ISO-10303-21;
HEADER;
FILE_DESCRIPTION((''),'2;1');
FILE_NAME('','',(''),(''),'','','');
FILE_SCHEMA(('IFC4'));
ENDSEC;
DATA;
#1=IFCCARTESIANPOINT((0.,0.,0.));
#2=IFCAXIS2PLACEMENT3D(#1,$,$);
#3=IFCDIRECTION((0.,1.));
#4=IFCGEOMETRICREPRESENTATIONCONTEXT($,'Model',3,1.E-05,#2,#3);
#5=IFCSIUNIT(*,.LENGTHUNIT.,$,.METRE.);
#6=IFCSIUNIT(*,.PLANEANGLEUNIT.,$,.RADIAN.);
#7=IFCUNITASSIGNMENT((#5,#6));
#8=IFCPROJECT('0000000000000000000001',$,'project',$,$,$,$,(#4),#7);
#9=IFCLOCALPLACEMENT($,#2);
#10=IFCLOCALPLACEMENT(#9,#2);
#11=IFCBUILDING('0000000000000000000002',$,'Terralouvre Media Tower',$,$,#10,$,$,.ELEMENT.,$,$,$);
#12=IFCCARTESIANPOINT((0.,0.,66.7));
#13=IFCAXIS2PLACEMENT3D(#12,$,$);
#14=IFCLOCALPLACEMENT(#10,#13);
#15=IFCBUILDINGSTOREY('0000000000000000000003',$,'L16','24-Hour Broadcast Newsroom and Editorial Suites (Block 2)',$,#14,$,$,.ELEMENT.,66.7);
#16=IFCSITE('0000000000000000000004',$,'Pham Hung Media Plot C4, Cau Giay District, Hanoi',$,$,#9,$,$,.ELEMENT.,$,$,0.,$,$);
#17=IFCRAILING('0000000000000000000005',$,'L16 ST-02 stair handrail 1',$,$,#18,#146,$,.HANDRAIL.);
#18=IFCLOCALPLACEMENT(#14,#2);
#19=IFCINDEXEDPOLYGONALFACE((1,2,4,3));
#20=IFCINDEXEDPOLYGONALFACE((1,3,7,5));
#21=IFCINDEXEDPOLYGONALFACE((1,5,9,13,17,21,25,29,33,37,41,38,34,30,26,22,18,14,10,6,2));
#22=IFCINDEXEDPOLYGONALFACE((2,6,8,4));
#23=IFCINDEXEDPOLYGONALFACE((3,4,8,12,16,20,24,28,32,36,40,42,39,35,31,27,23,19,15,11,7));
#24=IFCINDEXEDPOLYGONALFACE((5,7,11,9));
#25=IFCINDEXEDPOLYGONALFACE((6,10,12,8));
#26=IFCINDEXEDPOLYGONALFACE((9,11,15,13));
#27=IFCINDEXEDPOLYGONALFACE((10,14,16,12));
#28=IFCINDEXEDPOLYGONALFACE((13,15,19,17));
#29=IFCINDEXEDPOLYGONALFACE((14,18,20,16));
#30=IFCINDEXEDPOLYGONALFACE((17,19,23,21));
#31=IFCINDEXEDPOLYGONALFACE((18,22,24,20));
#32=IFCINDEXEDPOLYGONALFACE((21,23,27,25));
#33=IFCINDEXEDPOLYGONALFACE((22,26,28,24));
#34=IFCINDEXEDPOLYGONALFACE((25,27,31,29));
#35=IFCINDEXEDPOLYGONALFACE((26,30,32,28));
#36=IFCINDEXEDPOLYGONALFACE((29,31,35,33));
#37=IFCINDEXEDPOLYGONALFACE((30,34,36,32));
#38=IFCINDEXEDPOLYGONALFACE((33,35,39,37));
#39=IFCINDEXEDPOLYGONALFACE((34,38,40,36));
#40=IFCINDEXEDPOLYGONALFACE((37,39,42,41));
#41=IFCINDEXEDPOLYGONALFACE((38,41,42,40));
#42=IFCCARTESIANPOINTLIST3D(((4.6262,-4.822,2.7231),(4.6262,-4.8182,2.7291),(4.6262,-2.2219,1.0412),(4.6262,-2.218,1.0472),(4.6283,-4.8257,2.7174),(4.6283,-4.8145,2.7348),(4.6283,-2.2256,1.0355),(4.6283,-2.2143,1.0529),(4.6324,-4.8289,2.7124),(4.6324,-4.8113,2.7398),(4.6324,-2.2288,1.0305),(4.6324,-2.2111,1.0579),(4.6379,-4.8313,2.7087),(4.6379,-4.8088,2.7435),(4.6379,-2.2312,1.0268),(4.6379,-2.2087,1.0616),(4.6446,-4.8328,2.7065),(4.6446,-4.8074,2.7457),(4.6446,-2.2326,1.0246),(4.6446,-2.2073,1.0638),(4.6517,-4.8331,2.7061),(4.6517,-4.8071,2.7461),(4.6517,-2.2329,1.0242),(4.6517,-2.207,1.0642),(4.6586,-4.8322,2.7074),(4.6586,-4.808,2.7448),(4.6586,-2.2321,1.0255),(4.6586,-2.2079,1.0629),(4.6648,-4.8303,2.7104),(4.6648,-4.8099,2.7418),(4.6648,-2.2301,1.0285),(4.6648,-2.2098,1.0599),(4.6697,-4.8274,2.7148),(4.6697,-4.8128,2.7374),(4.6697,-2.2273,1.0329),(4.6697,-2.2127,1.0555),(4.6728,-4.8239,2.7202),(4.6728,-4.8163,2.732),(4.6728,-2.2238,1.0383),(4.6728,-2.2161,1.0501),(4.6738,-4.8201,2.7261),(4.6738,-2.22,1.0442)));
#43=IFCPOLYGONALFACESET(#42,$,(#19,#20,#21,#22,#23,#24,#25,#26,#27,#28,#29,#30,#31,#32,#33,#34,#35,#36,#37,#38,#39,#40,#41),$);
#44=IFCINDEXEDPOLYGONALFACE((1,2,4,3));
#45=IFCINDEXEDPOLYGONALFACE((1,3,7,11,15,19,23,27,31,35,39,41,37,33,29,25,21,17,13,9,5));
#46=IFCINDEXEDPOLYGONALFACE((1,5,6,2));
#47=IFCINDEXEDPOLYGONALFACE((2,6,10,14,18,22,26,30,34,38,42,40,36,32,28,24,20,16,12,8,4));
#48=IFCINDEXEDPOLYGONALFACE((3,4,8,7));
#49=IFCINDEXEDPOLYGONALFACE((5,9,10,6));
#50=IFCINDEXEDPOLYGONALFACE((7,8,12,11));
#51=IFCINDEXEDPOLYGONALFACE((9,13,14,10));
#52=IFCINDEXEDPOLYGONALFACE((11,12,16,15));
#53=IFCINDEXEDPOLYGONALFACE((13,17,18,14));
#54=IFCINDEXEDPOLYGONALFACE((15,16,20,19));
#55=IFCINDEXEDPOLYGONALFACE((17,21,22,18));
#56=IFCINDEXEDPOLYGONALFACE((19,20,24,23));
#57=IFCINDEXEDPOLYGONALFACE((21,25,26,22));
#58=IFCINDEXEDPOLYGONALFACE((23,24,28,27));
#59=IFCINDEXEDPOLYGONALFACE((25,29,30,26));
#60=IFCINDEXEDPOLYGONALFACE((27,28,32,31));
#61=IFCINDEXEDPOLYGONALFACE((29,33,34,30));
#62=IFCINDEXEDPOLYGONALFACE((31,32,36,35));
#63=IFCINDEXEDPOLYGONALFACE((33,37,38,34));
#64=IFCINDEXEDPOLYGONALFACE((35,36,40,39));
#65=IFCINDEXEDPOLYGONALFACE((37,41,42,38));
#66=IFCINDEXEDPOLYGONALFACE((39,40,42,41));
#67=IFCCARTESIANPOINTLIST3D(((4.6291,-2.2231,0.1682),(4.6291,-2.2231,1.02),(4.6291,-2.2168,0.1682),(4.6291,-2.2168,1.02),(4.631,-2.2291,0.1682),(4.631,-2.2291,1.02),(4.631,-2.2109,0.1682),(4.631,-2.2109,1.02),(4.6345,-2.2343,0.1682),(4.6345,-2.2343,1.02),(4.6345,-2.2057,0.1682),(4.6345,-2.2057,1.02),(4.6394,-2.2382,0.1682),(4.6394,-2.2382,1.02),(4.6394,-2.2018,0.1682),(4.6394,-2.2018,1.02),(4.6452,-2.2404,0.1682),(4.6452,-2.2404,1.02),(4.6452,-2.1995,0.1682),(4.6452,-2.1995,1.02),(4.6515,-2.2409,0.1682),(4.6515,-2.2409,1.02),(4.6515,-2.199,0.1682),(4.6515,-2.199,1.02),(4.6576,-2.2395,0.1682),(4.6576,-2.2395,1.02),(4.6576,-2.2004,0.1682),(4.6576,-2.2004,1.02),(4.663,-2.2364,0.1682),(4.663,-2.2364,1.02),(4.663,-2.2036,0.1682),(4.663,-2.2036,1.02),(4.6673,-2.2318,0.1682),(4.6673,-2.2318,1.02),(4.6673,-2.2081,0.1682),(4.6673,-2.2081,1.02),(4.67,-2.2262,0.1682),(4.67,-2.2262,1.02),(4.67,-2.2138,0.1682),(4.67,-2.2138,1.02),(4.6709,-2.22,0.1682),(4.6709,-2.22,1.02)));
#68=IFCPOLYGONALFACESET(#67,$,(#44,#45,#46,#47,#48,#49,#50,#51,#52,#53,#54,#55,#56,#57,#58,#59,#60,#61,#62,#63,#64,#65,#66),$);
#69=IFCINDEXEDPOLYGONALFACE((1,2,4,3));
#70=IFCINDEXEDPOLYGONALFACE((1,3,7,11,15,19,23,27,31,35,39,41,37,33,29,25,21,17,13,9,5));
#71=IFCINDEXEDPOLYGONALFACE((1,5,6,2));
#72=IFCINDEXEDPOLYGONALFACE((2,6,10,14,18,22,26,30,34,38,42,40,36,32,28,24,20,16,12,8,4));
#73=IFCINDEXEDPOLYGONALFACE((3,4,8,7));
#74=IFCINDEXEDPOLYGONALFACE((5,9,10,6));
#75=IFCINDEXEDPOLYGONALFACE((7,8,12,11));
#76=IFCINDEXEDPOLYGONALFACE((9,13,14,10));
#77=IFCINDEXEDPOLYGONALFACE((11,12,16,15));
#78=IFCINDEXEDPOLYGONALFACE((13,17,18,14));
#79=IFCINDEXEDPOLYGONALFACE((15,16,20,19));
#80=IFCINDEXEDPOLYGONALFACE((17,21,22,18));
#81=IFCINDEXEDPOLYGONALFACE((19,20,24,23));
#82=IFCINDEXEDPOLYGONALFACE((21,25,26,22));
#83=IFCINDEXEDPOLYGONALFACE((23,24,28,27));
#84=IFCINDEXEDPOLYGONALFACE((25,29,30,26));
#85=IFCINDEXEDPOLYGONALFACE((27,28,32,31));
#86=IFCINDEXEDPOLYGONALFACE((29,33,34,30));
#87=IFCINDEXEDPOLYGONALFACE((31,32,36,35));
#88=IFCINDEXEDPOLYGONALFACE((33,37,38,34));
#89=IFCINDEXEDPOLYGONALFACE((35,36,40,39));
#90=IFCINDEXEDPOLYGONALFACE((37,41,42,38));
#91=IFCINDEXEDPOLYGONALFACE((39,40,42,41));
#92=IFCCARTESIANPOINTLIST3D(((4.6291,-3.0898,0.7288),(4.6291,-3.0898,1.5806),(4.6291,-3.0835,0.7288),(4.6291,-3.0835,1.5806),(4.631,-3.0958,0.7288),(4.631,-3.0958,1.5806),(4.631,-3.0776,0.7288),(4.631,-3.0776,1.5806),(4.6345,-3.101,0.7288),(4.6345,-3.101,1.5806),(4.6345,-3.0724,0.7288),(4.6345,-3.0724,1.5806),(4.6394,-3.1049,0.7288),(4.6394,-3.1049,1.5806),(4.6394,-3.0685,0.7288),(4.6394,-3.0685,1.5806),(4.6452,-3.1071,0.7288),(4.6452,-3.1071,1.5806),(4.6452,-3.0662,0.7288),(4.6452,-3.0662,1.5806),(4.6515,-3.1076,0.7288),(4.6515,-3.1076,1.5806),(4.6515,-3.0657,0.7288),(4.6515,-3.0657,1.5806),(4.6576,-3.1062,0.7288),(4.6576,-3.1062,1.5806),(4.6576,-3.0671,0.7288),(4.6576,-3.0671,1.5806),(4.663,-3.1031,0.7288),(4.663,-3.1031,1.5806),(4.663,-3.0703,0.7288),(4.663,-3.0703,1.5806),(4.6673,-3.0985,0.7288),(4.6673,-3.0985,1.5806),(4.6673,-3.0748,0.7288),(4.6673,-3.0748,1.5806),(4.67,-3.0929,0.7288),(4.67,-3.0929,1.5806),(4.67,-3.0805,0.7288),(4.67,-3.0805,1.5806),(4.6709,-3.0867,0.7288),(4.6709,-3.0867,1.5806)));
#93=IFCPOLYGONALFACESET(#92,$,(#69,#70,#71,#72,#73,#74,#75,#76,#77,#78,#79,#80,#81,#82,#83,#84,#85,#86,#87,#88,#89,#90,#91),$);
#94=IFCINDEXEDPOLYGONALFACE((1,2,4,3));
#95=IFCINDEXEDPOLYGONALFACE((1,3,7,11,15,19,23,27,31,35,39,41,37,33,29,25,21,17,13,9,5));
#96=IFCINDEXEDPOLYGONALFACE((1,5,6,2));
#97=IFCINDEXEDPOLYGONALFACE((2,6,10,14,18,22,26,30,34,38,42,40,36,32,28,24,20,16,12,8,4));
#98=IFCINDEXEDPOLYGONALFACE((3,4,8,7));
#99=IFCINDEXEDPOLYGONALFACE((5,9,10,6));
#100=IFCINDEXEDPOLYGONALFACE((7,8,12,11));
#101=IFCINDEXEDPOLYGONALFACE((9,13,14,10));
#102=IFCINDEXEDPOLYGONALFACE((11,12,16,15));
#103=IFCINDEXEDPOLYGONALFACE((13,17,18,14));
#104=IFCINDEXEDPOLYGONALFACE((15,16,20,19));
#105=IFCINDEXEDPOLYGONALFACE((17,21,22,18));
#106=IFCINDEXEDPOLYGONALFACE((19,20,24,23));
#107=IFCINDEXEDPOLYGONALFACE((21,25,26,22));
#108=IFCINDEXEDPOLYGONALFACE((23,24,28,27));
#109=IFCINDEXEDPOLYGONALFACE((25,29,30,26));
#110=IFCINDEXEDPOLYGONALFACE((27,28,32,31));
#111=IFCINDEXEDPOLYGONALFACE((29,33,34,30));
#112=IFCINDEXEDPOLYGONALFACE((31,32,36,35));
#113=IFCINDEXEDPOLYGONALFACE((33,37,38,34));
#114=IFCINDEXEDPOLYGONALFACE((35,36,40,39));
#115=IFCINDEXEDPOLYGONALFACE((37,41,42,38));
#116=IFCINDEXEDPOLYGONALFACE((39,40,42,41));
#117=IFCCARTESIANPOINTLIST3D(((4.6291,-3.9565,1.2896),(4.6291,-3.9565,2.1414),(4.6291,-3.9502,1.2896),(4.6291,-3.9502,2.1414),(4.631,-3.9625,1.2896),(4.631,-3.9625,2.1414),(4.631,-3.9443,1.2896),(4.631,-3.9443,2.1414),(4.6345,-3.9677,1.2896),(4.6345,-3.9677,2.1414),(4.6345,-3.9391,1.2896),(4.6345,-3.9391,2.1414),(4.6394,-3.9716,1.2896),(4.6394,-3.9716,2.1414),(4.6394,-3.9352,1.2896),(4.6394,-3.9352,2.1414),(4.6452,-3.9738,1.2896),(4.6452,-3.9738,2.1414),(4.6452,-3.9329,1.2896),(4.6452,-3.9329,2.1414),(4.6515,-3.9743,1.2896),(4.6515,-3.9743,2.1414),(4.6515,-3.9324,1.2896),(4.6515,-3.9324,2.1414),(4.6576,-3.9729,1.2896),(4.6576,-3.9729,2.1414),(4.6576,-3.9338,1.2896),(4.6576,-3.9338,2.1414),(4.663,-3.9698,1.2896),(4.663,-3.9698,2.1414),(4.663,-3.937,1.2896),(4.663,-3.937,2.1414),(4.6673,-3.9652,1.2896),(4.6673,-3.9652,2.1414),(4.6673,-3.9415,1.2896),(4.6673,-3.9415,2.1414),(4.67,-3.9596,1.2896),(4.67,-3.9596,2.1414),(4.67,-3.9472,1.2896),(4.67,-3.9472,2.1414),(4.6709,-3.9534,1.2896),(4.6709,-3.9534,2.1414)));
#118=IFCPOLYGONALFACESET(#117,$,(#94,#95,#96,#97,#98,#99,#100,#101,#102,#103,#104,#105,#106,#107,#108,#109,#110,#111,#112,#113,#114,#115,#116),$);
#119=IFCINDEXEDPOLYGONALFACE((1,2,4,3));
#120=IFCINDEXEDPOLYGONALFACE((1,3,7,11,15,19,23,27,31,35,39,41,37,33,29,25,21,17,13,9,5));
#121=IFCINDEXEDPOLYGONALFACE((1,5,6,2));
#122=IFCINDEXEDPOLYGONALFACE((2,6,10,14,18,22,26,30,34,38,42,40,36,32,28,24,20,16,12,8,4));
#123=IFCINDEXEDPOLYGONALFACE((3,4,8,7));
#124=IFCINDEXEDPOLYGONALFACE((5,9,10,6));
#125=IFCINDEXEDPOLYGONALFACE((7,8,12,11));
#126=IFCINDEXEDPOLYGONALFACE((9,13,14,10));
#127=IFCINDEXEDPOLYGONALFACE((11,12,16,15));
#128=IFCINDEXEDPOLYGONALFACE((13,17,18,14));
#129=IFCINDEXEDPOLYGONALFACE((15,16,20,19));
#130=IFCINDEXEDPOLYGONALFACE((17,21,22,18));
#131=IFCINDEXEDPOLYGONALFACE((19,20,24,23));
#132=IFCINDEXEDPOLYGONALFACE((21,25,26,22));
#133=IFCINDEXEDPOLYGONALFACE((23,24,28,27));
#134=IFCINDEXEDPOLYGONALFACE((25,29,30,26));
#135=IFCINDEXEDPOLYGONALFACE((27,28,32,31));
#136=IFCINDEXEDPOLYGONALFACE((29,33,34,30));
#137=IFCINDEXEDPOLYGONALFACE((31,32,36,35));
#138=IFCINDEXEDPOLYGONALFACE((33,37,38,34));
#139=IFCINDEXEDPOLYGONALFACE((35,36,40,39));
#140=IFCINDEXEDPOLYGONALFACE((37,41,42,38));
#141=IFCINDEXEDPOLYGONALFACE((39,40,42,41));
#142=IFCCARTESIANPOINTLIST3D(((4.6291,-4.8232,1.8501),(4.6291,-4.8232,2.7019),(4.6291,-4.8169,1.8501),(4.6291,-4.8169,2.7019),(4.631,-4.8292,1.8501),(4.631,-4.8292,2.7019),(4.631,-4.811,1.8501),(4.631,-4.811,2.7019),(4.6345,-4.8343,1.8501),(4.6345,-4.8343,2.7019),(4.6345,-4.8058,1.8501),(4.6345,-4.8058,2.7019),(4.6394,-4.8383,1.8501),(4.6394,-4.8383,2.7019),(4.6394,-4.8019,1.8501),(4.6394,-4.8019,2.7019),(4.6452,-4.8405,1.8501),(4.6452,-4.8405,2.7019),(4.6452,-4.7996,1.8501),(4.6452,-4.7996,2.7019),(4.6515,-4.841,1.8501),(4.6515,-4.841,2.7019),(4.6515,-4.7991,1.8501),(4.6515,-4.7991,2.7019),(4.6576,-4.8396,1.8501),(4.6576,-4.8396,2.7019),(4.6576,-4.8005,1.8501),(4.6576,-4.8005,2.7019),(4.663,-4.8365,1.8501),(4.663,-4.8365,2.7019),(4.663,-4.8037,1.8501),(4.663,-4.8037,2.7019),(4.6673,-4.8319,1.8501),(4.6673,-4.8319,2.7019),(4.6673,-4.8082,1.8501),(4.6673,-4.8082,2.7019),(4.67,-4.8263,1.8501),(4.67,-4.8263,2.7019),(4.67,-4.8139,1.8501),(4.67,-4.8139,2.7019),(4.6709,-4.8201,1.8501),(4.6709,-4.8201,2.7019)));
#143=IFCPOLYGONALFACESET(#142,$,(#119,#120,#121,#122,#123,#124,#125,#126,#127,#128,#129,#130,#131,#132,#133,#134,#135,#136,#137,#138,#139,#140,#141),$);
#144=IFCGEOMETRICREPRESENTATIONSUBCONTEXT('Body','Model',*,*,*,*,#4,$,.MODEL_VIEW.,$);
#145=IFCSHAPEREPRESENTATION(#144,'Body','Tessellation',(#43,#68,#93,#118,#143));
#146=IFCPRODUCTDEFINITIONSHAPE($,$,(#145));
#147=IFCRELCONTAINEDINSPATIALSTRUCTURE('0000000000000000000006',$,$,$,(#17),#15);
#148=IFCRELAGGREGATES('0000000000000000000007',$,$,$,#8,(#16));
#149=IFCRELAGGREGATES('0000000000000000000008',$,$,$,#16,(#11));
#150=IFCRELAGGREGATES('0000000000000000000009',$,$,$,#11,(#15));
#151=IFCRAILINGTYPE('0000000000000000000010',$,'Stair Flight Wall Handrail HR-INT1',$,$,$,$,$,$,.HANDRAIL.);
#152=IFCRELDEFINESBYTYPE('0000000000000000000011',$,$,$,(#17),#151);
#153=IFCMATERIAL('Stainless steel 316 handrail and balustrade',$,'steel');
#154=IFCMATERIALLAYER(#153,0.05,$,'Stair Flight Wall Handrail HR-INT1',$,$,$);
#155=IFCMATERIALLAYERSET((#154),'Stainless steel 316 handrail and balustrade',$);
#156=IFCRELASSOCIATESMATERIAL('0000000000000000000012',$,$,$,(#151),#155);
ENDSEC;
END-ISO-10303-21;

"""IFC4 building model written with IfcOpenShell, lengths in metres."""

from ifc_helpers import new_model, si_unit, direction, frame, origin, origin_2d, place, context, subcontext, project, spatial, circle, extrude, material, layer, layer_set, type_object, element, save


model = new_model("IFC4")

# Units and contexts
model_context = context("Model", 3, precision=1e-05, world=origin(), true_north=direction((0.0, 1.0)))
body_context = subcontext(model_context, "Body", "Model", "MODEL_VIEW")
ifc_project = project(units=[si_unit("LENGTHUNIT", "METRE"), si_unit("PLANEANGLEUNIT", "RADIAN")], contexts=[model_context])

# Site, building, storey
site_placement = place(None, origin())
site = spatial("IfcSite", under=ifc_project, at=site_placement, Name="Pham Hung Media Plot C4, Cau Giay District, Hanoi", CompositionType="ELEMENT", RefElevation=0.0)
building_placement = place(site_placement, origin())
building = spatial("IfcBuilding", under=site, at=building_placement, Name="Terralouvre Media Tower", CompositionType="ELEMENT")
storey_placement = place(building_placement, frame((0.0, 0.0, 66.7)))
storey = spatial("IfcBuildingStorey", under=building, at=storey_placement, Name="L16", Description="24-Hour Broadcast Newsroom and Editorial Suites (Block 2)", CompositionType="ELEMENT", Elevation=66.7)

# Railing
ifc_material_1 = material(Name="Stainless steel 316 handrail and balustrade", Category="steel")
ifc_layer_1 = layer(ifc_material_1, 0.05, Name="Stair Flight Wall Handrail HR-INT1")
ifc_layer_set_1 = layer_set([ifc_layer_1], Name="Stainless steel 316 handrail and balustrade")
railing_type_1 = type_object("IfcRailingType", Name="Stair Flight Wall Handrail HR-INT1", PredefinedType="HANDRAIL", material=ifc_layer_set_1)
railing_1_placement = place(storey_placement, frame((4.6499, -2.22, 0.1682)))
element("IfcRailing", 1, at=railing_1_placement, inside=storey, type_object=railing_type_1, Name="L16 ST-02 stair handrail 1", PredefinedType="HANDRAIL", context=body_context, shape_type="SweptSolid", body=[
    extrude(circle(Radius=0.0239, at=origin_2d()), frame((0.0, 0.0, 0.876), z_axis=(0.0, -0.839648, 0.54313), x_axis=(1.0, 0.0, 0.0)), (0.0, 0.0, 1.0), 3.0967),
    extrude(circle(Radius=0.021, at=origin_2d()), origin(), (0.0, 0.0, 1.0), 0.8518),
    extrude(circle(Radius=0.021, at=origin_2d()), frame((0.0, -0.8667, 0.5605)), (0.0, 0.0, 1.0), 0.8518),
    extrude(circle(Radius=0.021, at=origin_2d()), frame((0.0, -1.7334, 1.1213)), (0.0, 0.0, 1.0), 0.8518),
    extrude(circle(Radius=0.021, at=origin_2d()), frame((0.0, -2.6001, 1.6819)), (0.0, 0.0, 1.0), 0.8518),
])

save(model, "model.ifc")
